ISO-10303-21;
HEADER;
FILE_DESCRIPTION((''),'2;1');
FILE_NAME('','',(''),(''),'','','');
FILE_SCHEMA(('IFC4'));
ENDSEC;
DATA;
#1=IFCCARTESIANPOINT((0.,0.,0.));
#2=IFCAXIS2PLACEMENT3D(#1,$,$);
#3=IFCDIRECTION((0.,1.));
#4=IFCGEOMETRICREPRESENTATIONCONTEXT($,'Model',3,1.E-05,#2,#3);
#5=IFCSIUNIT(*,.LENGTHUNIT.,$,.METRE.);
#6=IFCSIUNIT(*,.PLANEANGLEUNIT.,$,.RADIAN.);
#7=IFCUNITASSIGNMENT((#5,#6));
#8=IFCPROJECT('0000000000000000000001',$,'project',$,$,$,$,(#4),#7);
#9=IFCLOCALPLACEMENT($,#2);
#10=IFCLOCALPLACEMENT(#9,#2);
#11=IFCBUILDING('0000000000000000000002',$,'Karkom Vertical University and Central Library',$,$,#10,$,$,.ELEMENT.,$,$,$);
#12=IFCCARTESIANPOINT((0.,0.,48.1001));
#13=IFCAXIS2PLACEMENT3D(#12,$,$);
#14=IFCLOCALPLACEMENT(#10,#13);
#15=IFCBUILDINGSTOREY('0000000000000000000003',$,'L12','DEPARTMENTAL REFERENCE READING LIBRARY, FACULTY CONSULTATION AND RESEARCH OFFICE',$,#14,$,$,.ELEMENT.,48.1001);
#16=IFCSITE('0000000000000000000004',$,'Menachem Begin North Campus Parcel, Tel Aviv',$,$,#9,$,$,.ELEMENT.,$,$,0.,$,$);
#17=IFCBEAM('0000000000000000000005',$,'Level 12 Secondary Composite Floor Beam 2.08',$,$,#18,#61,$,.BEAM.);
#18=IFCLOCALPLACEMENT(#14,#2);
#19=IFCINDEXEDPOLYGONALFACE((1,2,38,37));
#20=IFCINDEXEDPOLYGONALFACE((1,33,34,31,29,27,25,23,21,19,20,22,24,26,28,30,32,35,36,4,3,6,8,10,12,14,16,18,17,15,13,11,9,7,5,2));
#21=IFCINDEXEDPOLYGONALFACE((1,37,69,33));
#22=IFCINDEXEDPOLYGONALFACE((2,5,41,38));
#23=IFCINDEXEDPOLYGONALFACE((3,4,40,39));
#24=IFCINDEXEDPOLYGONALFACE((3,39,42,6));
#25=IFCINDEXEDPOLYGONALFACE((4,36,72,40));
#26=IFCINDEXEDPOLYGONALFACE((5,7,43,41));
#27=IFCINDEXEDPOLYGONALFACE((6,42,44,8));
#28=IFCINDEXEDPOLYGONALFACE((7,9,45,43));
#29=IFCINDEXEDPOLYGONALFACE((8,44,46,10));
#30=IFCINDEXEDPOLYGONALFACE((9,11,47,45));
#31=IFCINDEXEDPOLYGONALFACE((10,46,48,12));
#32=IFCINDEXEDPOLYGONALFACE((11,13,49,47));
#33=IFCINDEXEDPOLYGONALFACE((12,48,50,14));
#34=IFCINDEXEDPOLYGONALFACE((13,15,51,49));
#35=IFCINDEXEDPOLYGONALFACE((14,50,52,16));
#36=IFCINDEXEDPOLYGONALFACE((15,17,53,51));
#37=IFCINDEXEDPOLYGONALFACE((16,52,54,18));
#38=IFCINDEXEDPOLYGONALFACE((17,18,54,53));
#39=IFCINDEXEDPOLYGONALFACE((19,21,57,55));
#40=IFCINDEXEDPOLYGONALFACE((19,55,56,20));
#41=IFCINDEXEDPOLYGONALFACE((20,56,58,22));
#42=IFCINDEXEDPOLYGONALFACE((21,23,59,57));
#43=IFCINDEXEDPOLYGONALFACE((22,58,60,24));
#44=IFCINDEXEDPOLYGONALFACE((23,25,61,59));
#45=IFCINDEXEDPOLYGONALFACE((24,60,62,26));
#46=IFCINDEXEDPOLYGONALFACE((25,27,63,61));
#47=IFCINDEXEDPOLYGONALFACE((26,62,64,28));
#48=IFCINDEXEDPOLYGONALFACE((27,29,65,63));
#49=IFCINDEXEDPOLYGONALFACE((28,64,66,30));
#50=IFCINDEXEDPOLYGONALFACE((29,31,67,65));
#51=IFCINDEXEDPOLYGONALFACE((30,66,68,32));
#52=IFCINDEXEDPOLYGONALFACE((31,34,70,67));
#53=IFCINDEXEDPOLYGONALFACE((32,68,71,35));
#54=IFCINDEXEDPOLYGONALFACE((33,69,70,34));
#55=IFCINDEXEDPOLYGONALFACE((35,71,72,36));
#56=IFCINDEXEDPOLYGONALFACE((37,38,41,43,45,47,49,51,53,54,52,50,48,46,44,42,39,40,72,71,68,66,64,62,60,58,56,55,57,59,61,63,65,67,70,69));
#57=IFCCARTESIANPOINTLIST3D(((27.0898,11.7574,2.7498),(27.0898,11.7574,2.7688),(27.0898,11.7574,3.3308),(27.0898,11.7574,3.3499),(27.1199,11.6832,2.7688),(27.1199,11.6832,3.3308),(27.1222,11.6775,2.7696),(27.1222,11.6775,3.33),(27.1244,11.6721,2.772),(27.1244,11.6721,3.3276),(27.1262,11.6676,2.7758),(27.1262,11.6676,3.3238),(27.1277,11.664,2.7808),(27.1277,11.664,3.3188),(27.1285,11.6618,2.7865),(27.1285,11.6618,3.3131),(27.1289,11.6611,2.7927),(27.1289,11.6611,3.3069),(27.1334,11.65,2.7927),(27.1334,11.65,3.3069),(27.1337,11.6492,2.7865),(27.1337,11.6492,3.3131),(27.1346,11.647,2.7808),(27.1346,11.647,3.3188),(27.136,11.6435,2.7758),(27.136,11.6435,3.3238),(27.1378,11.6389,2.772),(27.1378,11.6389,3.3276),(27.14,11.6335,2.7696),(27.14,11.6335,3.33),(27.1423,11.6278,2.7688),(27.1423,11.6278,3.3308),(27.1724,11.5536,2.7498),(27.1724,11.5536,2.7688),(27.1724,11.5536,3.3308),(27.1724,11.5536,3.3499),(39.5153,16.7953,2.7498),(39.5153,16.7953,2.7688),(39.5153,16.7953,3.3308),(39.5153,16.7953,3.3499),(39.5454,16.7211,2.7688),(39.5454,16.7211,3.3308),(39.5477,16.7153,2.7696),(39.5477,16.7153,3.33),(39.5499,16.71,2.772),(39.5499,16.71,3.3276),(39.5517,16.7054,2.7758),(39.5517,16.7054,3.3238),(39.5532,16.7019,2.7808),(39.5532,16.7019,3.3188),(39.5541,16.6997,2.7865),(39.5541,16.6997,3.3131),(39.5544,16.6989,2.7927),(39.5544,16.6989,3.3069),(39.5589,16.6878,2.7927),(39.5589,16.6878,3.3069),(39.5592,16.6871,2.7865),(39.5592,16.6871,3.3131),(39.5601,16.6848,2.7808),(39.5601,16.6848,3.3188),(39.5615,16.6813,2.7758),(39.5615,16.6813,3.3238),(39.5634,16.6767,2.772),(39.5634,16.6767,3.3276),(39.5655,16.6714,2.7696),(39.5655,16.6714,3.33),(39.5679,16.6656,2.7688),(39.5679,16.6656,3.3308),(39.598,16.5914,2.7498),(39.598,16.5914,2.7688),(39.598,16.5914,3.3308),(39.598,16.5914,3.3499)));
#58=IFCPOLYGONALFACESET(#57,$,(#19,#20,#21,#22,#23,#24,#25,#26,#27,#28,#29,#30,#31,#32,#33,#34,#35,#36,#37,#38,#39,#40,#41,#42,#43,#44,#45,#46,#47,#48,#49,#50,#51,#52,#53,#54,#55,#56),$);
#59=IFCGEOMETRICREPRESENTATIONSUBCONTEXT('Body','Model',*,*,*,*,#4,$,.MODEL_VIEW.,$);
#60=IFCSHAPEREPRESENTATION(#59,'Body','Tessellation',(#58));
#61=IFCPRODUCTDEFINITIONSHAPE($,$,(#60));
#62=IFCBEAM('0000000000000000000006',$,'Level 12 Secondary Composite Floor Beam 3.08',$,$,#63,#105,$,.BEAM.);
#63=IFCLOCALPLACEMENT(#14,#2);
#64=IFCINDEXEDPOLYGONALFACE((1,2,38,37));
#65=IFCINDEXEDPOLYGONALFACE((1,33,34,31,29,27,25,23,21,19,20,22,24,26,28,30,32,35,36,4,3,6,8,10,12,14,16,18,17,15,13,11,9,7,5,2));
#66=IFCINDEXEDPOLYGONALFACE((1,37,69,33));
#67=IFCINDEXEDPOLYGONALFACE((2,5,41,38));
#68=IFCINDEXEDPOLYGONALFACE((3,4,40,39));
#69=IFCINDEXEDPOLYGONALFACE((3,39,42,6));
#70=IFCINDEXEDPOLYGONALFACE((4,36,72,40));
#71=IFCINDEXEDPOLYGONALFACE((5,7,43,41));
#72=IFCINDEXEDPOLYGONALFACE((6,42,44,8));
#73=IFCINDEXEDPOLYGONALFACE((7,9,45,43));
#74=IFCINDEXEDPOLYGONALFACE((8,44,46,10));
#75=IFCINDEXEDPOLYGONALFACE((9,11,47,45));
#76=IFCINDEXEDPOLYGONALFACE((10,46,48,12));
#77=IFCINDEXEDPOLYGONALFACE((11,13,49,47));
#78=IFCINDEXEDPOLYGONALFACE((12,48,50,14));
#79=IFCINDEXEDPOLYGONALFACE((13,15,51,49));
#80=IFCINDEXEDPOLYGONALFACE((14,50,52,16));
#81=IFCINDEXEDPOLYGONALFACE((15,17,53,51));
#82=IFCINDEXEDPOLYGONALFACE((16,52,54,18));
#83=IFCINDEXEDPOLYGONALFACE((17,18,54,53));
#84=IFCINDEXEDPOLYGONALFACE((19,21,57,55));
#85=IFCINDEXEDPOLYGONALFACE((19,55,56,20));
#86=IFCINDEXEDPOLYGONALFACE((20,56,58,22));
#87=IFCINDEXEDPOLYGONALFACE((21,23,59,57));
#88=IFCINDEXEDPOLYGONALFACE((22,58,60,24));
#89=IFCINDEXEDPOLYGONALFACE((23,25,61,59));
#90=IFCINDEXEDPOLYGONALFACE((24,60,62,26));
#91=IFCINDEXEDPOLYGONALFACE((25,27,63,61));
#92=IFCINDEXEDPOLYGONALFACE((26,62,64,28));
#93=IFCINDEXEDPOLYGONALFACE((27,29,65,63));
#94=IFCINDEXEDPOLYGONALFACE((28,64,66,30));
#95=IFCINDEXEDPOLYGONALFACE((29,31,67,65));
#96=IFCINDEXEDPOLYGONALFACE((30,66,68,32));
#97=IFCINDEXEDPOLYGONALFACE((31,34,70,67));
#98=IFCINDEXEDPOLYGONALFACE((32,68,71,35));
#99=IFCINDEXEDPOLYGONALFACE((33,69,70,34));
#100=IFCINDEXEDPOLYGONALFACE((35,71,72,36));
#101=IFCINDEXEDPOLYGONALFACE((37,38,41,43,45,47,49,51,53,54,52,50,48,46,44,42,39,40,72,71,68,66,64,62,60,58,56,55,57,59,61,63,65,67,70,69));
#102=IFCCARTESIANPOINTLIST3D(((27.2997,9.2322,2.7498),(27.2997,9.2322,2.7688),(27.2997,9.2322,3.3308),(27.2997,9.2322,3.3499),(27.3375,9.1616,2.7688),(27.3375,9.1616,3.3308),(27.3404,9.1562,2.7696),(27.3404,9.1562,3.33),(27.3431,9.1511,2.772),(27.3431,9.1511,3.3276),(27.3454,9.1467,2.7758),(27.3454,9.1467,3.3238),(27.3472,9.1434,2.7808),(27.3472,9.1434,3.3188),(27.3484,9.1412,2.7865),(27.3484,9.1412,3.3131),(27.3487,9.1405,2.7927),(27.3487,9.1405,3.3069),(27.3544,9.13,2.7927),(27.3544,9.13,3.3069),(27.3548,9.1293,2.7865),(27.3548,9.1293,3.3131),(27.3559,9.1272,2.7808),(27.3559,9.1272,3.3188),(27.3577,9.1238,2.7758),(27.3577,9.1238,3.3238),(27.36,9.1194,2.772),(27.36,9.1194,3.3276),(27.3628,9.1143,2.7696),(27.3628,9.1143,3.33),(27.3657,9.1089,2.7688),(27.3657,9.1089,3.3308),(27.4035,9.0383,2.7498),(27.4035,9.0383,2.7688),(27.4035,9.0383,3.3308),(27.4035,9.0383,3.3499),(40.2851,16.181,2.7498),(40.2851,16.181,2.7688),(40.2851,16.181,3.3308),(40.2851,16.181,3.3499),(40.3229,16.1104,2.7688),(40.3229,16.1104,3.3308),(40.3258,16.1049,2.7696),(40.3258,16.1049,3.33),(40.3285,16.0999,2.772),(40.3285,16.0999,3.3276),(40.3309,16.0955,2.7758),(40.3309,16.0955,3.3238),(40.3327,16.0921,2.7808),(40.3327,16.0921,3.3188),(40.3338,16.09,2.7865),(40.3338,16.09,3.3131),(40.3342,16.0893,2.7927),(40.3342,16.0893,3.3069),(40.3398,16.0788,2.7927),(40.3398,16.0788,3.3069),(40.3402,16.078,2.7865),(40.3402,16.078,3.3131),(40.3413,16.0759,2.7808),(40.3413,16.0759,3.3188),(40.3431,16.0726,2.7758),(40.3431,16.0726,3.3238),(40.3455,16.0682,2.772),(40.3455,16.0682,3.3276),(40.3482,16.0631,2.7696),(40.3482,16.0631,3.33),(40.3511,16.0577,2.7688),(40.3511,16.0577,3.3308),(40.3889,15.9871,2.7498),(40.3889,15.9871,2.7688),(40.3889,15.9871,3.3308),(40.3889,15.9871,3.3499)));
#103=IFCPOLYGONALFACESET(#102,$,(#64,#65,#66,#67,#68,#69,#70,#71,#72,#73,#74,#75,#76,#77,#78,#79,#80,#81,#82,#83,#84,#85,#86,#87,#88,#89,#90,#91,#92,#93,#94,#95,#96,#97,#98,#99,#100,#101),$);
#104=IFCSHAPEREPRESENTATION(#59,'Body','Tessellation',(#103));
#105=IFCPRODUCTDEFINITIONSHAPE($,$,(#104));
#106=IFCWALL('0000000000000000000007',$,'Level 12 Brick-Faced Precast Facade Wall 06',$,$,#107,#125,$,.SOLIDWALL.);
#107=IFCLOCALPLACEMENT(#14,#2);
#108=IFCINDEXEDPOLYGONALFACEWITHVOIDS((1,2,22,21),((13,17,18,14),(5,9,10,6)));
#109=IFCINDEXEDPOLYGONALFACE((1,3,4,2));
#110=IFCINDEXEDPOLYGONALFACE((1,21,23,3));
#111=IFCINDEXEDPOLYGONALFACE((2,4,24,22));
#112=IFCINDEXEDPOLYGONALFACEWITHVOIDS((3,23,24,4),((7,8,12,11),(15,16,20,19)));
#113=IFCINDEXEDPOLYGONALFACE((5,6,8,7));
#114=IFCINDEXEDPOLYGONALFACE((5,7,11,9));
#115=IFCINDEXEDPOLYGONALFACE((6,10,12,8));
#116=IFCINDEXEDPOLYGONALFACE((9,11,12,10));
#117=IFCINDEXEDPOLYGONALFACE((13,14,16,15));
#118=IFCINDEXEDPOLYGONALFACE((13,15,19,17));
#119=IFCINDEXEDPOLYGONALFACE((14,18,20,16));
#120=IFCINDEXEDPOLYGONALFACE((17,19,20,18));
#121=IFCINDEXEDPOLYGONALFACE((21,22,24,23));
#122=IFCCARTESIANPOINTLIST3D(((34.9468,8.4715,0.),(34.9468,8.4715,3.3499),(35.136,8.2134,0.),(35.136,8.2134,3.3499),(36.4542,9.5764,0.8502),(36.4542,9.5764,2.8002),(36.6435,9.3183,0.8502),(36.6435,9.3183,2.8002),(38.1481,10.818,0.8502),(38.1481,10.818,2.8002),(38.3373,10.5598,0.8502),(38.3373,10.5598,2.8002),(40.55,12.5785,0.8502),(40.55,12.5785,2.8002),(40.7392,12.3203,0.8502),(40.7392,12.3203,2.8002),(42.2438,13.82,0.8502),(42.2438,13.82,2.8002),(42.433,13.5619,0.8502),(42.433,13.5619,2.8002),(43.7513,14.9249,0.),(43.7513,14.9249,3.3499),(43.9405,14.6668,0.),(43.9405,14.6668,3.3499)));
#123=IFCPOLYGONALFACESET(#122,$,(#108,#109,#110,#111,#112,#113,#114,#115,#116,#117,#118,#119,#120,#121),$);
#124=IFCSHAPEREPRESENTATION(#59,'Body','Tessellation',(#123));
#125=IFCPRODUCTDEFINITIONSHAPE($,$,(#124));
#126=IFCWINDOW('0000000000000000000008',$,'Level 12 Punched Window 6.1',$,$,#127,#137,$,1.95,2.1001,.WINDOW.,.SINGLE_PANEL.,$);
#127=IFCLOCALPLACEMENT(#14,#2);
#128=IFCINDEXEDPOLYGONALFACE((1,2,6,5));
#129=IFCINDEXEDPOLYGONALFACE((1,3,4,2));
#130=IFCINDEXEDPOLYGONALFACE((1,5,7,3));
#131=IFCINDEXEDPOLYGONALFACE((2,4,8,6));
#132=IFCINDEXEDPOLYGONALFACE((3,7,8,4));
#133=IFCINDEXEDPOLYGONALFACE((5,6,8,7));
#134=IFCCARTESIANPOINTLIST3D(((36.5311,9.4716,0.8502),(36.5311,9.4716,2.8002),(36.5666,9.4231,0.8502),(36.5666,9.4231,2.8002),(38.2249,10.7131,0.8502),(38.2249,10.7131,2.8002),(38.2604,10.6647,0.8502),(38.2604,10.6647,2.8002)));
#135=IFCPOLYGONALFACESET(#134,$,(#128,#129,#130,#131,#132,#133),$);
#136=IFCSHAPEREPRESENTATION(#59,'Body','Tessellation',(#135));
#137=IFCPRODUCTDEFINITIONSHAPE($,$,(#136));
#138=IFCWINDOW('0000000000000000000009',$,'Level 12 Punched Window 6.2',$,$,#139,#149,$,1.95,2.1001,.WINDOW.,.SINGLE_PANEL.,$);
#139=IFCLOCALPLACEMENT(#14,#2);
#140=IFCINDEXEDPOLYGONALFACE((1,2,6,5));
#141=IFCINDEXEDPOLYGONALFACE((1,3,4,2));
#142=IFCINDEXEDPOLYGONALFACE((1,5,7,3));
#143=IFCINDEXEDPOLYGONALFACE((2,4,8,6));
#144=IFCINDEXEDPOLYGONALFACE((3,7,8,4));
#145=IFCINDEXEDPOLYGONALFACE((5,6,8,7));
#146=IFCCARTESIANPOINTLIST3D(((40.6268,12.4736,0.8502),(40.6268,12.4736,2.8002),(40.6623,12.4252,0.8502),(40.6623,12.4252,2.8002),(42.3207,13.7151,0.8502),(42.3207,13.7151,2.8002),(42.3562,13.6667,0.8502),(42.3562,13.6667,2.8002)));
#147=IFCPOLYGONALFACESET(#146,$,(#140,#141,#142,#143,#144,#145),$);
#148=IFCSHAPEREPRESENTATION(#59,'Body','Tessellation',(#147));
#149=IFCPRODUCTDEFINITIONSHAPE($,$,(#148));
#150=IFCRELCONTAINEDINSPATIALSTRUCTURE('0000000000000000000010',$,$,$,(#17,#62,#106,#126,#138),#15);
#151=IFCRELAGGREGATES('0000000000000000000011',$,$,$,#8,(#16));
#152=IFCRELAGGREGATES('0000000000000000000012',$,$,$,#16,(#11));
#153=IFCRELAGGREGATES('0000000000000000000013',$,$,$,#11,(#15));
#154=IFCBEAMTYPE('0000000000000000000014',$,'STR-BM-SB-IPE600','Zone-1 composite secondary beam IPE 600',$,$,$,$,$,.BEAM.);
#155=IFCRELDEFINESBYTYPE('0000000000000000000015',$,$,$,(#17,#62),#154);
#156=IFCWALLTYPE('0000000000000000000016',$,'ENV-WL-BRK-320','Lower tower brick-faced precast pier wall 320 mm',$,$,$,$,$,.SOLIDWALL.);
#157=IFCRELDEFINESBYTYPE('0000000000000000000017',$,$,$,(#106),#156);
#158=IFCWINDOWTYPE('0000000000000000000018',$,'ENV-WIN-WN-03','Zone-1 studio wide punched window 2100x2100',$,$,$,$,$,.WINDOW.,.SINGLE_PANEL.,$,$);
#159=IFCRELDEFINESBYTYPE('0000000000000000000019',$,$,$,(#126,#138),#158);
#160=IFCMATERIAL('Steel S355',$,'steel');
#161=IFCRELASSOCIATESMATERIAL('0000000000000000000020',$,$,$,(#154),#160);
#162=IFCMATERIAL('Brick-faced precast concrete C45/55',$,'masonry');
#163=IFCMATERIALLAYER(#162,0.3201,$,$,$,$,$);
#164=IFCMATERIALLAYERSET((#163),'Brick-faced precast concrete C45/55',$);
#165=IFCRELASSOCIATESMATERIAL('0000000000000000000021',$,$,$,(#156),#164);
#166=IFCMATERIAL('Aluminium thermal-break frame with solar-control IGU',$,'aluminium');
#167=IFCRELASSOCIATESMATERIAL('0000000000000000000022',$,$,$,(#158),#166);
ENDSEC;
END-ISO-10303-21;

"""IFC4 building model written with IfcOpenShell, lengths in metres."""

from ifc_helpers import new_model, si_unit, direction, frame, frame_2d, origin, origin_with_axes, origin_2d, place, context, subcontext, project, spatial, rectangle, i_section, extrude, source, transform, mapped, material, layer, layer_set, material_profile, profile_set, type_object, element, fill, save


model = new_model("IFC4")

# Units and contexts
model_context = context("Model", 3, precision=1e-05, world=origin(), true_north=direction((0.0, 1.0)))
body_context = subcontext(model_context, "Body", "Model", "MODEL_VIEW")
ifc_project = project(units=[si_unit("LENGTHUNIT", "METRE"), si_unit("PLANEANGLEUNIT", "RADIAN")], contexts=[model_context])

# Site, building, storey
site_placement = place(None, origin())
site = spatial("IfcSite", under=ifc_project, at=site_placement, Name="Menachem Begin North Campus Parcel, Tel Aviv", CompositionType="ELEMENT", RefElevation=0.0)
building_placement = place(site_placement, origin())
building = spatial("IfcBuilding", under=site, at=building_placement, Name="Karkom Vertical University and Central Library", CompositionType="ELEMENT")
storey_placement = place(building_placement, frame((0.0, 0.0, 48.1001)))
storey = spatial("IfcBuildingStorey", under=building, at=storey_placement, Name="L12", Description="DEPARTMENTAL REFERENCE READING LIBRARY, FACULTY CONSULTATION AND RESEARCH OFFICE", CompositionType="ELEMENT", Elevation=48.1001)

# Beams
ifc_material_1 = material(Name="Steel S355", Category="steel")
ifc_material_profile_1 = material_profile(ifc_material_1, i_section(OverallWidth=0.22, OverallDepth=0.6001, WebThickness=0.012, FlangeThickness=0.019, FilletRadius=0.0239, at=origin_2d()), Name="IPE 600")
ifc_profile_set_1 = profile_set([ifc_material_profile_1], Name="Steel S355")
beam_type_1 = type_object("IfcBeamType", Name="STR-BM-SB-IPE600", Description="Zone-1 composite secondary beam IPE 600", PredefinedType="BEAM", material=ifc_profile_set_1)
shared_shape_1 = source(origin_with_axes(), body_context, "Body", "SweptSolid", [
    extrude(i_section(OverallWidth=0.22, OverallDepth=0.6001, WebThickness=0.012, FlangeThickness=0.019, FilletRadius=0.0239, at=origin_2d()), origin(), (0.0, 0.0, 1.0), 13.408),
])
beam_1_placement = place(storey_placement, frame((27.1311, 11.6555, 3.0498), z_axis=(0.926727, 0.375735, 0.0), x_axis=(-0.375735, 0.926727, 0.0)))
element("IfcBeam", 1, at=beam_1_placement, inside=storey, type_object=beam_type_1, Name="Level 12 Secondary Composite Floor Beam 2.08", PredefinedType="BEAM", context=body_context, shape_type="MappedRepresentation", body=[
    mapped(shared_shape_1, transform((0.0, 0.0, 0.0), scale=1.0)),
])
shared_shape_2 = source(origin_with_axes(), body_context, "Body", "SweptSolid", [
    extrude(i_section(OverallWidth=0.22, OverallDepth=0.6001, WebThickness=0.012, FlangeThickness=0.019, FilletRadius=0.0239, at=origin_2d()), origin(), (0.0, 0.0, 1.0), 14.7278),
])
beam_2_placement = place(storey_placement, frame((27.3516, 9.1353, 3.0498), z_axis=(0.881698, 0.471815, 0.0), x_axis=(-0.471815, 0.881698, 0.0)))
element("IfcBeam", 2, at=beam_2_placement, inside=storey, type_object=beam_type_1, Name="Level 12 Secondary Composite Floor Beam 3.08", PredefinedType="BEAM", context=body_context, shape_type="MappedRepresentation", body=[
    mapped(shared_shape_2, transform((0.0, 0.0, 0.0), scale=1.0)),
])

# Wall, openings, windows
ifc_material_2 = material(Name="Brick-faced precast concrete C45/55", Category="masonry")
ifc_layer_1 = layer(ifc_material_2, 0.3201)
ifc_layer_set_1 = layer_set([ifc_layer_1], Name="Brick-faced precast concrete C45/55")
wall_type_1 = type_object("IfcWallType", Name="ENV-WL-BRK-320", Description="Lower tower brick-faced precast pier wall 320 mm", PredefinedType="SOLIDWALL", material=ifc_layer_set_1)
wall_1_placement = place(storey_placement, frame((35.0415, 8.3425, 0.0), z_axis=(0.0, 0.0, 1.0), x_axis=(0.806546, 0.591172, 0.0)))
wall_1 = element("IfcWall", 3, at=wall_1_placement, inside=storey, type_object=wall_type_1, Name="Level 12 Brick-Faced Precast Facade Wall 06", PredefinedType="SOLIDWALL", context=body_context, shape_type="SweptSolid", body=[
    extrude(rectangle(XDim=10.9163, YDim=0.3201, at=frame_2d((5.458, 0.0))), origin(), (0.0, 0.0, 1.0), 3.3499),
])
opening_1_placement = place(wall_1_placement, frame((1.8689, 0.0, 0.8501)))
opening_1 = element("IfcOpeningElement", 4, at=opening_1_placement, cuts=wall_1, PredefinedType="OPENING", context=body_context, shape_type="SweptSolid", body=[
    extrude(rectangle(XDim=2.1001, YDim=1.95, at=frame_2d((1.05, 0.9751))), frame((0.0, 0.1699, 0.0), z_axis=(0.0, -1.0, 0.0), x_axis=(1.0, 0.0, 0.0)), (0.0, 0.0, 1.0), 0.3401),
])
opening_2_placement = place(wall_1_placement, frame((6.947, 0.0, 0.8501)))
opening_2 = element("IfcOpeningElement", 5, at=opening_2_placement, cuts=wall_1, PredefinedType="OPENING", context=body_context, shape_type="SweptSolid", body=[
    extrude(rectangle(XDim=2.1001, YDim=1.95, at=frame_2d((1.05, 0.9751))), frame((0.0, 0.1699, 0.0), z_axis=(0.0, -1.0, 0.0), x_axis=(1.0, 0.0, 0.0)), (0.0, 0.0, 1.0), 0.3401),
])
ifc_material_3 = material(Name="Aluminium thermal-break frame with solar-control IGU", Category="aluminium")
window_type = type_object("IfcWindowType", Name="ENV-WIN-WN-03", Description="Zone-1 studio wide punched window 2100x2100", PartitioningType="SINGLE_PANEL", PredefinedType="WINDOW", material=ifc_material_3)
shared_shape_3 = source(origin_with_axes(), body_context, "Body", "SweptSolid", [
    extrude(rectangle(XDim=2.1001, YDim=1.95, at=frame_2d((1.05, 0.9751))), frame((0.0, 0.03, 0.0), z_axis=(0.0, -1.0, 0.0), x_axis=(1.0, 0.0, 0.0)), (0.0, 0.0, 1.0), 0.0601),
])
window_1_placement = place(opening_1_placement, origin())
window_1 = element("IfcWindow", 6, at=window_1_placement, inside=storey, type_object=window_type, Name="Level 12 Punched Window 6.1", OverallHeight=1.95, OverallWidth=2.1001, PartitioningType="SINGLE_PANEL", PredefinedType="WINDOW", context=body_context, shape_type="MappedRepresentation", body=[
    mapped(shared_shape_3, transform((0.0, 0.0, 0.0), scale=1.0)),
])
fill(opening_1, window_1)
window_2_placement = place(opening_2_placement, origin())
window_2 = element("IfcWindow", 7, at=window_2_placement, inside=storey, type_object=window_type, Name="Level 12 Punched Window 6.2", OverallHeight=1.95, OverallWidth=2.1001, PartitioningType="SINGLE_PANEL", PredefinedType="WINDOW", context=body_context, shape_type="MappedRepresentation", body=[
    mapped(shared_shape_3, transform((0.0, 0.0, 0.0), scale=1.0)),
])
fill(opening_2, window_2)

save(model, "model.ifc")
